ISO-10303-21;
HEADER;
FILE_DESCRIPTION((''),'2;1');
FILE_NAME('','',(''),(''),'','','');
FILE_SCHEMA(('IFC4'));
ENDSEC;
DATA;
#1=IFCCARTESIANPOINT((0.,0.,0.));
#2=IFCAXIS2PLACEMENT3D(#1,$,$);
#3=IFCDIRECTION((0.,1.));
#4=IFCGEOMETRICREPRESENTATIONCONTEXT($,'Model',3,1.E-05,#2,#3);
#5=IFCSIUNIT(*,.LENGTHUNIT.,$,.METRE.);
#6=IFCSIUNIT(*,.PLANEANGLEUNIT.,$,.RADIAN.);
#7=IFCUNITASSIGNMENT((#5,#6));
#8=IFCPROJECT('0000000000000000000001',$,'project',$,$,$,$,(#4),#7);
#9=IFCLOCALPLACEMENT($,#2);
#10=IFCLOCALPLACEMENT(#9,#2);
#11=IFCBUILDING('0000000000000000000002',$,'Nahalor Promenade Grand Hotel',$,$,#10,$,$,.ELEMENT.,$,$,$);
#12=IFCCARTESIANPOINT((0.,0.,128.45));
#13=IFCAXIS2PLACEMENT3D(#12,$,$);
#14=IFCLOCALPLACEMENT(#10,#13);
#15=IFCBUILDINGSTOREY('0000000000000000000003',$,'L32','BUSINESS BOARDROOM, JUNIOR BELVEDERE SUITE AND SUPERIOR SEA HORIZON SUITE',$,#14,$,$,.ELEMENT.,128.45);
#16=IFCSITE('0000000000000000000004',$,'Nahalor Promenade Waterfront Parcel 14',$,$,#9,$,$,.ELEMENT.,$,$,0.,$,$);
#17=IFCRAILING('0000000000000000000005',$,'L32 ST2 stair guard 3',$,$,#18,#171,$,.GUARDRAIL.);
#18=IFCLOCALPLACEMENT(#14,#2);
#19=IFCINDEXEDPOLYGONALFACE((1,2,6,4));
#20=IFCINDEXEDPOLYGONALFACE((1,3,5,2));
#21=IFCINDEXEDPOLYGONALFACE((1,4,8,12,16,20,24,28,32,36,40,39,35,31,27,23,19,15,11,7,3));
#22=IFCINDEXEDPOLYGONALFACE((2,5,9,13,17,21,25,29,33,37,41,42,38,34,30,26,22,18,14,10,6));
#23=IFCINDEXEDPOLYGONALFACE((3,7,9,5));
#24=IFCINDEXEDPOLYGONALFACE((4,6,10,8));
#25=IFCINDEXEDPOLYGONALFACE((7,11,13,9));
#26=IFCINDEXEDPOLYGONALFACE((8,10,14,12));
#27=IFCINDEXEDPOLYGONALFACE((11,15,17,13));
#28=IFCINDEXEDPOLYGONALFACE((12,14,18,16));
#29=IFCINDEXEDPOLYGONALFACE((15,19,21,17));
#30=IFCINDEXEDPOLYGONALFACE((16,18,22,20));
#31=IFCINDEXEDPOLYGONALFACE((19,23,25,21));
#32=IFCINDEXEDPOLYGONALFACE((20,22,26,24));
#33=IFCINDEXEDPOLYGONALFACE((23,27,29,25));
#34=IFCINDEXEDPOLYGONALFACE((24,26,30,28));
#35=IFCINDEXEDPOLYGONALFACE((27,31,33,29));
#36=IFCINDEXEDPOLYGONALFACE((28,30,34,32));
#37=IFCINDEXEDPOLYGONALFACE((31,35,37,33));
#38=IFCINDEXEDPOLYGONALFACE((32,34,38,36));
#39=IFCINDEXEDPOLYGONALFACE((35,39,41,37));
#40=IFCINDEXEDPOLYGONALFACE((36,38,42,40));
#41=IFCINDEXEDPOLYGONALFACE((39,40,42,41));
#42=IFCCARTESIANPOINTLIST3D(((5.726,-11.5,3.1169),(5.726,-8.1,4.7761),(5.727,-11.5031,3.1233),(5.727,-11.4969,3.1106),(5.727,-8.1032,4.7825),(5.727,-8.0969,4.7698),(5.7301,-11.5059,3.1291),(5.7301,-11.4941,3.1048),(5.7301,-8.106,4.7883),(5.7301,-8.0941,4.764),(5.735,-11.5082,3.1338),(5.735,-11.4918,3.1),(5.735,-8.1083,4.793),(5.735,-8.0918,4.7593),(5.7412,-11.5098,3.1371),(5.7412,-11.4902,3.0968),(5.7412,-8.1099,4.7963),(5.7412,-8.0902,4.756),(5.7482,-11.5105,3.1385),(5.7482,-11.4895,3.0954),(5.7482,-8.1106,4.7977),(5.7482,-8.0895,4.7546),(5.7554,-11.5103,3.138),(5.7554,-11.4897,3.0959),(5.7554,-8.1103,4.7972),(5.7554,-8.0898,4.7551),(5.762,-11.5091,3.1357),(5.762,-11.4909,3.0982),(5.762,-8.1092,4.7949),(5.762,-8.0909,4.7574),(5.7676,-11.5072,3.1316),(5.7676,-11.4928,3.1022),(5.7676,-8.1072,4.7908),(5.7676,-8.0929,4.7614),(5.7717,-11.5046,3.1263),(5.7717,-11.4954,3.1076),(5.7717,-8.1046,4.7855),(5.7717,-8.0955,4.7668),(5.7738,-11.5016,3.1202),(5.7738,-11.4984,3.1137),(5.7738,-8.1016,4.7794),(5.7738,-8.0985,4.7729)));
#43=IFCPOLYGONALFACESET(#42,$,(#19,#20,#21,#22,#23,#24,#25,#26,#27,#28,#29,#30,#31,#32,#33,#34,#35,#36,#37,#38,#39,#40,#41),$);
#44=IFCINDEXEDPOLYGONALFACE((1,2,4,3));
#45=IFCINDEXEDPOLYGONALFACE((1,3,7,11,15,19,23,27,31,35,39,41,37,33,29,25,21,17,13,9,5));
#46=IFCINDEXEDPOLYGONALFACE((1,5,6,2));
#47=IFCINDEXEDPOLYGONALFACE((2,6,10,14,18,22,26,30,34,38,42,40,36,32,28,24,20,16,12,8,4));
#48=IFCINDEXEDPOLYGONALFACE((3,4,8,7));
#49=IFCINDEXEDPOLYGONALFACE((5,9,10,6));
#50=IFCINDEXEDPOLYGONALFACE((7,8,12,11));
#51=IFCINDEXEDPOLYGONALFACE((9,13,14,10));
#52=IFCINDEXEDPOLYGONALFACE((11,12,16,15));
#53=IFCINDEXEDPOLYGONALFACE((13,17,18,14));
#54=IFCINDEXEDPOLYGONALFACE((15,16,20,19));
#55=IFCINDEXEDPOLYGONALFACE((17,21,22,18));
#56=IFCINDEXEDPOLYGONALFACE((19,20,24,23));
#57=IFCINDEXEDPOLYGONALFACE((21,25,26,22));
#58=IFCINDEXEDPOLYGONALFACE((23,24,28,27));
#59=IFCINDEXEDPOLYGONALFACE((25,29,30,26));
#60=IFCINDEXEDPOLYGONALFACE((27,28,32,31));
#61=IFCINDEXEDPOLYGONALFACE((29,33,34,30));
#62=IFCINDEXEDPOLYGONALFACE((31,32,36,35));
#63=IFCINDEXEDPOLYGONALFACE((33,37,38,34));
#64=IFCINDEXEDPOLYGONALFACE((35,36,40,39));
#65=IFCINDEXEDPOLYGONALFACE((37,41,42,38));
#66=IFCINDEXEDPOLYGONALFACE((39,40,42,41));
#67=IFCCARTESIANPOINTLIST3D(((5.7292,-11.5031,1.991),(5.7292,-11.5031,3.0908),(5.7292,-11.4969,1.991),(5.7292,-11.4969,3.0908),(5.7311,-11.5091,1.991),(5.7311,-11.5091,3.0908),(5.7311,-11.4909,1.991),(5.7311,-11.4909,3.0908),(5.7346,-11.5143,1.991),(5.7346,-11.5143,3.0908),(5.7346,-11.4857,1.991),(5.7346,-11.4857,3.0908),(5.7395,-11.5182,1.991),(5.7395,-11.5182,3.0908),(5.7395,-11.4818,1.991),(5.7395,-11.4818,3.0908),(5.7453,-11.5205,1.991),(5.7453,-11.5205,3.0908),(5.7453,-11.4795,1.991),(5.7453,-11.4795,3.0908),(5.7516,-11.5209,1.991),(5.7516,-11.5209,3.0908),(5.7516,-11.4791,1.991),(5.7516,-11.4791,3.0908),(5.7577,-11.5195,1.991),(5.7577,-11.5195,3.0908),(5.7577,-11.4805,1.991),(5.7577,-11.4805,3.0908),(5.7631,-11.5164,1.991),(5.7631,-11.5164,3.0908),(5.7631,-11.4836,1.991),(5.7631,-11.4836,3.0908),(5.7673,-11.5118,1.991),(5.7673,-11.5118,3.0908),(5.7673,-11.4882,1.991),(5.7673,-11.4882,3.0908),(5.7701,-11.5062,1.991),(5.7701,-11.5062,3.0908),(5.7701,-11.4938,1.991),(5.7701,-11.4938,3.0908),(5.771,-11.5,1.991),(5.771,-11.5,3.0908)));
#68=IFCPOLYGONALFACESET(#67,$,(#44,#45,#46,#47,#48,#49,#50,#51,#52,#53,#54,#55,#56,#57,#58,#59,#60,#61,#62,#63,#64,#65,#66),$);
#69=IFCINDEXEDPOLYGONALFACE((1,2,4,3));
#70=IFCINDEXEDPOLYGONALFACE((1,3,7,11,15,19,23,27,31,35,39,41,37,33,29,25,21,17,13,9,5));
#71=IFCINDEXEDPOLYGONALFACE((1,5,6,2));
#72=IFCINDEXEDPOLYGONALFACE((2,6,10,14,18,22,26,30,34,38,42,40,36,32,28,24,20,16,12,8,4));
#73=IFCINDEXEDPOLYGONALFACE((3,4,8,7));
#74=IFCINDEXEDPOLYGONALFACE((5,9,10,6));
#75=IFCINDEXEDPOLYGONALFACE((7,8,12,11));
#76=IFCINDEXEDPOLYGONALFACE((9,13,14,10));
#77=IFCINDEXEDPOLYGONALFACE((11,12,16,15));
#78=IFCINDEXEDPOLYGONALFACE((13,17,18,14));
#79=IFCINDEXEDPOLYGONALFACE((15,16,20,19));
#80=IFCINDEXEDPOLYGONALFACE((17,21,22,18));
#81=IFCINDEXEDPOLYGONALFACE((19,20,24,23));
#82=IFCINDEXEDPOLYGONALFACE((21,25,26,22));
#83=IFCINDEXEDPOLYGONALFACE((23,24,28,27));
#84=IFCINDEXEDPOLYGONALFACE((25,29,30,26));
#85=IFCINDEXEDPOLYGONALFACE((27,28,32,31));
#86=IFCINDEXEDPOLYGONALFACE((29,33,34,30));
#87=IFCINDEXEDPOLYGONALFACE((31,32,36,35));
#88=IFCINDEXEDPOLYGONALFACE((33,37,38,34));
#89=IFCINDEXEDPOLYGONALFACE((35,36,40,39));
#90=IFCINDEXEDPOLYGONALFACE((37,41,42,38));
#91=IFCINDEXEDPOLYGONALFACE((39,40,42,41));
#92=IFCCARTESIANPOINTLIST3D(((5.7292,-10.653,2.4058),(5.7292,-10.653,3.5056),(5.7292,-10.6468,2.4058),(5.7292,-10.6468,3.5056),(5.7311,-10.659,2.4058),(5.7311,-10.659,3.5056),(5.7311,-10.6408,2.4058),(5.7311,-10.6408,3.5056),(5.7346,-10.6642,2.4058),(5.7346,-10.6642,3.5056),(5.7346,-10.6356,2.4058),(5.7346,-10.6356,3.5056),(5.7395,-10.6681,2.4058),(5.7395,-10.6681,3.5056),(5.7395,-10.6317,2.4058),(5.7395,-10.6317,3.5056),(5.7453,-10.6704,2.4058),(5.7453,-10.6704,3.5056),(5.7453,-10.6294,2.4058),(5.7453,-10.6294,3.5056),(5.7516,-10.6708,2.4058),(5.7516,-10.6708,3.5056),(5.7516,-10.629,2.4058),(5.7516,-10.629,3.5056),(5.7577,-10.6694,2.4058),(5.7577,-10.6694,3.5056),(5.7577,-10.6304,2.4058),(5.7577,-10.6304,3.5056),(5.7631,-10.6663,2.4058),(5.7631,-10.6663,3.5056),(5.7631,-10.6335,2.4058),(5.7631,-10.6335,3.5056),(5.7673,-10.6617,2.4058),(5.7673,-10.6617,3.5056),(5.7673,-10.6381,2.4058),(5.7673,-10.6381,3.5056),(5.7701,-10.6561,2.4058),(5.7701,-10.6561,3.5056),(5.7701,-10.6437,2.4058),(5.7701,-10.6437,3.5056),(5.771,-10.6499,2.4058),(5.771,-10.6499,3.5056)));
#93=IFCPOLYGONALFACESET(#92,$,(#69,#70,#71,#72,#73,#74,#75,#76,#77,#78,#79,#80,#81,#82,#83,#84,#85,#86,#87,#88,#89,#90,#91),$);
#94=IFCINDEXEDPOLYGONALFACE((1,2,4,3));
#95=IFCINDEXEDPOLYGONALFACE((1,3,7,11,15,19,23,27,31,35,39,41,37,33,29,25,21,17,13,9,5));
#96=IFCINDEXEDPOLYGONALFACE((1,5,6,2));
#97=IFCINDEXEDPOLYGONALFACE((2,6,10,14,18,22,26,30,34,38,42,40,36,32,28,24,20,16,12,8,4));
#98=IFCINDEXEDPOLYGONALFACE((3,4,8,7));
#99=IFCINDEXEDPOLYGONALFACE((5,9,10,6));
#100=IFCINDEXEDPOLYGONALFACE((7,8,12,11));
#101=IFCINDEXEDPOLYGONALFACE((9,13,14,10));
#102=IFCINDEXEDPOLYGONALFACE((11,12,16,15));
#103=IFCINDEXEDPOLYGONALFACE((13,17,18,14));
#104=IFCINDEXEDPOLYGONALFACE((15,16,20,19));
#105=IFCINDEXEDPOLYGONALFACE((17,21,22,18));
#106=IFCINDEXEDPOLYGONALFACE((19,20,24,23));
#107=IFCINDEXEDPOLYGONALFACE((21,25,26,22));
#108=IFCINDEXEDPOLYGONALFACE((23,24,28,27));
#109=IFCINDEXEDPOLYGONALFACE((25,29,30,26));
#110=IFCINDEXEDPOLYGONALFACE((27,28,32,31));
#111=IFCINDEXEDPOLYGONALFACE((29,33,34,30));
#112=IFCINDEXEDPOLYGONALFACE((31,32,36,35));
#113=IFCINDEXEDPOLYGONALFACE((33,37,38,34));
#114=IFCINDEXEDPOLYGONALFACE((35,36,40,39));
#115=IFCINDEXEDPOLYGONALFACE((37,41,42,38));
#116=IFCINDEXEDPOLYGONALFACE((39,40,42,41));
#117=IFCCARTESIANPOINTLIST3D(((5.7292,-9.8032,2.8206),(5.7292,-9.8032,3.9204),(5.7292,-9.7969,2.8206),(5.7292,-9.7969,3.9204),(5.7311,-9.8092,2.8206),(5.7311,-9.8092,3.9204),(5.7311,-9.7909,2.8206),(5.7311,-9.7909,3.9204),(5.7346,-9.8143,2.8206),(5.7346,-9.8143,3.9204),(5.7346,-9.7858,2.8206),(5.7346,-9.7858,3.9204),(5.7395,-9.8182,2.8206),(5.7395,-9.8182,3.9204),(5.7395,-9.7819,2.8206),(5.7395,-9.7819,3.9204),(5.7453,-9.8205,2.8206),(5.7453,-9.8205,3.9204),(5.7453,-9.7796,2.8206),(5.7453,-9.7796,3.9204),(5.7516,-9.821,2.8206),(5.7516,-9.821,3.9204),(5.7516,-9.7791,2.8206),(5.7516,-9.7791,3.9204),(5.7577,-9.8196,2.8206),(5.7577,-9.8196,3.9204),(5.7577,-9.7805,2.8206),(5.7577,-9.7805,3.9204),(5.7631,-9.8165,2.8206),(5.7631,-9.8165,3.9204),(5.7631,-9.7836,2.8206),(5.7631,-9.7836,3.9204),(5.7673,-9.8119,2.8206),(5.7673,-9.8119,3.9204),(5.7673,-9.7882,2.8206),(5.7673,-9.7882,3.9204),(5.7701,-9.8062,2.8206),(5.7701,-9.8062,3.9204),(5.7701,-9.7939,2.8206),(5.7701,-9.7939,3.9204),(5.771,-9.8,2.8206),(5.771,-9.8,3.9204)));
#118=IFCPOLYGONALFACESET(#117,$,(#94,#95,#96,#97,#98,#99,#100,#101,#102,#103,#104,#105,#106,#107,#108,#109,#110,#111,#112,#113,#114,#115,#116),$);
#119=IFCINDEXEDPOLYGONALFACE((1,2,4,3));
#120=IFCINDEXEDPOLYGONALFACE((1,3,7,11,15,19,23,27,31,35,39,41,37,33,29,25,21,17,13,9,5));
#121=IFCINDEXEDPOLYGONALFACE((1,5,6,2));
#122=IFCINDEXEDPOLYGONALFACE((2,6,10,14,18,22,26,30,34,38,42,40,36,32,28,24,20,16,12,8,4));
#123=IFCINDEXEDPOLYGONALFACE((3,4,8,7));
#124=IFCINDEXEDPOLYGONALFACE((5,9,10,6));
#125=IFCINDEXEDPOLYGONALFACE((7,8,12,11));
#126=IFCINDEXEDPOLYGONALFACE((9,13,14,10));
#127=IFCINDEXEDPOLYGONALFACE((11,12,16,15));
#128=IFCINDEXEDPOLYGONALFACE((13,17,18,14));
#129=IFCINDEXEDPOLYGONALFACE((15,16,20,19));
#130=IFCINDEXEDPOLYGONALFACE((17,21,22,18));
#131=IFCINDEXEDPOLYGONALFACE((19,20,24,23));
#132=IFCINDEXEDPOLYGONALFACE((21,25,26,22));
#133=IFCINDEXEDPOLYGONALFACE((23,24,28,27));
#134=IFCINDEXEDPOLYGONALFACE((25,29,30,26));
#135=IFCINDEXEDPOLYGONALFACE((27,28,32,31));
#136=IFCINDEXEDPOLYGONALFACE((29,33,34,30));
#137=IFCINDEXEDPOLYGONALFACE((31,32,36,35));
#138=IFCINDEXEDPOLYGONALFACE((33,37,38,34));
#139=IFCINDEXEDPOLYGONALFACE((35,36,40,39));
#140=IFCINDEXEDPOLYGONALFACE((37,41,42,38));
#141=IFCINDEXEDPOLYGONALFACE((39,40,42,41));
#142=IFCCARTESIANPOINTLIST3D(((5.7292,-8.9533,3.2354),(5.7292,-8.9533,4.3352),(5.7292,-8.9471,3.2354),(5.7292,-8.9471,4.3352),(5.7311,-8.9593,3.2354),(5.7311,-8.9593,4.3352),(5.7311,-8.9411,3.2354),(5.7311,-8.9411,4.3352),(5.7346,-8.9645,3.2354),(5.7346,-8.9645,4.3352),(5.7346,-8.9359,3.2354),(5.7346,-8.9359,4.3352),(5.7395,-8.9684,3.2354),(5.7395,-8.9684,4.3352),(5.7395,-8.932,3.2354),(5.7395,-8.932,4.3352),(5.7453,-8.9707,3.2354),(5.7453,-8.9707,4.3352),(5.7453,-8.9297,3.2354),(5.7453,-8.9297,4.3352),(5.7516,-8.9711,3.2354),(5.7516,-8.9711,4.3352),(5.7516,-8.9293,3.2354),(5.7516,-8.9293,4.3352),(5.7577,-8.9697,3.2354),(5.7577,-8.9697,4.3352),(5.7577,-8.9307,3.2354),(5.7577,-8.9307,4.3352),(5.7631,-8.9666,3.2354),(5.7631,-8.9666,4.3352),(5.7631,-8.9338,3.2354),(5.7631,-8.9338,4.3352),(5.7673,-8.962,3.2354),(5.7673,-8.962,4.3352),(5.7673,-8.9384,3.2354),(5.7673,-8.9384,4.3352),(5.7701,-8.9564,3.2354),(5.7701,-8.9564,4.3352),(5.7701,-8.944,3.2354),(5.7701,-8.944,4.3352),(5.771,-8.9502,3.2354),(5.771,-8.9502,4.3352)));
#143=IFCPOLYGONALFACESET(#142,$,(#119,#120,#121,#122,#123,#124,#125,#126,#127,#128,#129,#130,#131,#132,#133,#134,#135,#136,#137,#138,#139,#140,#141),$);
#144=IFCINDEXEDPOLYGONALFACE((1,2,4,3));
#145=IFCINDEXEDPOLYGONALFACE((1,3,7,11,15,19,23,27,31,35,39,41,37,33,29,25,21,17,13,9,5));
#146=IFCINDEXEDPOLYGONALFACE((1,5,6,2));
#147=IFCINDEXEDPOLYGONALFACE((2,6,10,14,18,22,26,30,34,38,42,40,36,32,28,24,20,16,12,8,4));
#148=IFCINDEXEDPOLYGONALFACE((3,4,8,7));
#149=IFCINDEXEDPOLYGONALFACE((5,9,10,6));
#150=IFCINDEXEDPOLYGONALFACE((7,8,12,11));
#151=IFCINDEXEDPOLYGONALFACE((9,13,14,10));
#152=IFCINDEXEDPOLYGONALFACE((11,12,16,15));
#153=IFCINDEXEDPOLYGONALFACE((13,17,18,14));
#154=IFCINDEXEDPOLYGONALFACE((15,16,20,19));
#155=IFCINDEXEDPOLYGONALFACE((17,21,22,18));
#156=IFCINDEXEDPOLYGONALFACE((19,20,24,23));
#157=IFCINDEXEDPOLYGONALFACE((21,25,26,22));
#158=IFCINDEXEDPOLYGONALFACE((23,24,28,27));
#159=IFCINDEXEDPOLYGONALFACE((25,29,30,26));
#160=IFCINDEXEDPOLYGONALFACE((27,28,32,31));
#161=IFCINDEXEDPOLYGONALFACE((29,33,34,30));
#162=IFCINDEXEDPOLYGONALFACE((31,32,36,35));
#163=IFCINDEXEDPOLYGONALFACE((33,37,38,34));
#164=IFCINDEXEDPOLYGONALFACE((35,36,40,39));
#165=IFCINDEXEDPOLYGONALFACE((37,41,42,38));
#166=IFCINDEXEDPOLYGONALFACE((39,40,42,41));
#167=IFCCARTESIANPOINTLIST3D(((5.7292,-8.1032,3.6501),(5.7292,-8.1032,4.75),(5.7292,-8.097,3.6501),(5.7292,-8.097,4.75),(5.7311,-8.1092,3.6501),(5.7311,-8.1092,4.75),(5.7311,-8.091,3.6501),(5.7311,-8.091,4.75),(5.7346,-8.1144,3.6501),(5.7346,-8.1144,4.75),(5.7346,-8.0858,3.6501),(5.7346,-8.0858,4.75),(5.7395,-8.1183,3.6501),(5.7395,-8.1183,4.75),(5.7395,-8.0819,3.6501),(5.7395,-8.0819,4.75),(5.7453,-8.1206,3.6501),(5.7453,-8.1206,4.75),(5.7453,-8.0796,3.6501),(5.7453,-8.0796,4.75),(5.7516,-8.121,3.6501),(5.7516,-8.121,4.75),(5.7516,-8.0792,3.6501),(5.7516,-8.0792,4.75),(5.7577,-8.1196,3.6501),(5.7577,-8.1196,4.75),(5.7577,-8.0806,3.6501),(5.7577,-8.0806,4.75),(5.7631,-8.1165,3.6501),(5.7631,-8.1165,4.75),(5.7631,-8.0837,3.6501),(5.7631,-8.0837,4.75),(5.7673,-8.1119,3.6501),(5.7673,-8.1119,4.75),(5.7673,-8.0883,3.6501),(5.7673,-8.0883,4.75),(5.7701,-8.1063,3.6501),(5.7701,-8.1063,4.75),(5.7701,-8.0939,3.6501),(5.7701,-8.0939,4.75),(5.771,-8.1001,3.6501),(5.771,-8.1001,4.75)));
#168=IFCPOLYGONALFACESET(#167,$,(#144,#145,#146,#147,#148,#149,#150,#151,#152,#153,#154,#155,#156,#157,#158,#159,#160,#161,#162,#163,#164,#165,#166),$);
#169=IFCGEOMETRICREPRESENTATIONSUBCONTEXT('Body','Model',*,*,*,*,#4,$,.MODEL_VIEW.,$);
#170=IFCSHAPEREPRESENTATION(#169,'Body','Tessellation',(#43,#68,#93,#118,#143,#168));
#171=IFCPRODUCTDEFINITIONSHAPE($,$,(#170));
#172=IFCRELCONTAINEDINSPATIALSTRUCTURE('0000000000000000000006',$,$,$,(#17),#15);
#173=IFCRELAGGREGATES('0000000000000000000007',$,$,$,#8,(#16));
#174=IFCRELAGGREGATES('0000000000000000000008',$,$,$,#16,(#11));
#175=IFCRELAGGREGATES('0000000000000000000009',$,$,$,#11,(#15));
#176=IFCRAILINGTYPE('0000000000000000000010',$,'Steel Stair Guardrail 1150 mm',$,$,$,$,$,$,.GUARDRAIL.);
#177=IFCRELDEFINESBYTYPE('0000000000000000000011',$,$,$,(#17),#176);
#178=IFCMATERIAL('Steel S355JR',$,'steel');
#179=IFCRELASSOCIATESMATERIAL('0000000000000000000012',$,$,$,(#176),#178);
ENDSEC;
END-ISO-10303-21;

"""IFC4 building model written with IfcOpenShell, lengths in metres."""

from ifc_helpers import new_model, si_unit, direction, frame, origin, origin_2d, place, context, subcontext, project, spatial, circle, extrude, material, type_object, element, save


model = new_model("IFC4")

# Units and contexts
model_context = context("Model", 3, precision=1e-05, world=origin(), true_north=direction((0.0, 1.0)))
body_context = subcontext(model_context, "Body", "Model", "MODEL_VIEW")
ifc_project = project(units=[si_unit("LENGTHUNIT", "METRE"), si_unit("PLANEANGLEUNIT", "RADIAN")], contexts=[model_context])

# Site, building, storey
site_placement = place(None, origin())
site = spatial("IfcSite", under=ifc_project, at=site_placement, Name="Nahalor Promenade Waterfront Parcel 14", CompositionType="ELEMENT", RefElevation=0.0)
building_placement = place(site_placement, origin())
building = spatial("IfcBuilding", under=site, at=building_placement, Name="Nahalor Promenade Grand Hotel", CompositionType="ELEMENT")
storey_placement = place(building_placement, frame((0.0, 0.0, 128.45)))
storey = spatial("IfcBuildingStorey", under=building, at=storey_placement, Name="L32", Description="BUSINESS BOARDROOM, JUNIOR BELVEDERE SUITE AND SUPERIOR SEA HORIZON SUITE", CompositionType="ELEMENT", Elevation=128.45)

# Shared definitions
ifc_material_1 = material(Name="Steel S355JR", Category="steel")

# Railing
railing_type_1 = type_object("IfcRailingType", Name="Steel Stair Guardrail 1150 mm", PredefinedType="GUARDRAIL", material=ifc_material_1)
railing_1_placement = place(storey_placement, frame((5.75, -11.5, 1.991)))
element("IfcRailing", 1, at=railing_1_placement, inside=storey, type_object=railing_type_1, Name="L32 ST2 stair guard 3", PredefinedType="GUARDRAIL", context=body_context, shape_type="SweptSolid", body=[
    extrude(circle(Radius=0.024, at=origin_2d()), frame((0.0, 0.0, 1.126), z_axis=(0.0, 0.898696, 0.438571), x_axis=(-1.0, 0.0, 0.0)), (0.0, 0.0, 1.0), 3.7832),
    extrude(circle(Radius=0.021, at=origin_2d()), origin(), (0.0, 0.0, 1.0), 1.0999),
    extrude(circle(Radius=0.021, at=origin_2d()), frame((0.0, 0.8501, 0.4148)), (0.0, 0.0, 1.0), 1.0999),
    extrude(circle(Radius=0.021, at=origin_2d()), frame((0.0, 1.7, 0.8296)), (0.0, 0.0, 1.0), 1.0999),
    extrude(circle(Radius=0.021, at=origin_2d()), frame((0.0, 2.5498, 1.2444)), (0.0, 0.0, 1.0), 1.0999),
    extrude(circle(Radius=0.021, at=origin_2d()), frame((0.0, 3.3999, 1.6592)), (0.0, 0.0, 1.0), 1.0999),
])

save(model, "model.ifc")
